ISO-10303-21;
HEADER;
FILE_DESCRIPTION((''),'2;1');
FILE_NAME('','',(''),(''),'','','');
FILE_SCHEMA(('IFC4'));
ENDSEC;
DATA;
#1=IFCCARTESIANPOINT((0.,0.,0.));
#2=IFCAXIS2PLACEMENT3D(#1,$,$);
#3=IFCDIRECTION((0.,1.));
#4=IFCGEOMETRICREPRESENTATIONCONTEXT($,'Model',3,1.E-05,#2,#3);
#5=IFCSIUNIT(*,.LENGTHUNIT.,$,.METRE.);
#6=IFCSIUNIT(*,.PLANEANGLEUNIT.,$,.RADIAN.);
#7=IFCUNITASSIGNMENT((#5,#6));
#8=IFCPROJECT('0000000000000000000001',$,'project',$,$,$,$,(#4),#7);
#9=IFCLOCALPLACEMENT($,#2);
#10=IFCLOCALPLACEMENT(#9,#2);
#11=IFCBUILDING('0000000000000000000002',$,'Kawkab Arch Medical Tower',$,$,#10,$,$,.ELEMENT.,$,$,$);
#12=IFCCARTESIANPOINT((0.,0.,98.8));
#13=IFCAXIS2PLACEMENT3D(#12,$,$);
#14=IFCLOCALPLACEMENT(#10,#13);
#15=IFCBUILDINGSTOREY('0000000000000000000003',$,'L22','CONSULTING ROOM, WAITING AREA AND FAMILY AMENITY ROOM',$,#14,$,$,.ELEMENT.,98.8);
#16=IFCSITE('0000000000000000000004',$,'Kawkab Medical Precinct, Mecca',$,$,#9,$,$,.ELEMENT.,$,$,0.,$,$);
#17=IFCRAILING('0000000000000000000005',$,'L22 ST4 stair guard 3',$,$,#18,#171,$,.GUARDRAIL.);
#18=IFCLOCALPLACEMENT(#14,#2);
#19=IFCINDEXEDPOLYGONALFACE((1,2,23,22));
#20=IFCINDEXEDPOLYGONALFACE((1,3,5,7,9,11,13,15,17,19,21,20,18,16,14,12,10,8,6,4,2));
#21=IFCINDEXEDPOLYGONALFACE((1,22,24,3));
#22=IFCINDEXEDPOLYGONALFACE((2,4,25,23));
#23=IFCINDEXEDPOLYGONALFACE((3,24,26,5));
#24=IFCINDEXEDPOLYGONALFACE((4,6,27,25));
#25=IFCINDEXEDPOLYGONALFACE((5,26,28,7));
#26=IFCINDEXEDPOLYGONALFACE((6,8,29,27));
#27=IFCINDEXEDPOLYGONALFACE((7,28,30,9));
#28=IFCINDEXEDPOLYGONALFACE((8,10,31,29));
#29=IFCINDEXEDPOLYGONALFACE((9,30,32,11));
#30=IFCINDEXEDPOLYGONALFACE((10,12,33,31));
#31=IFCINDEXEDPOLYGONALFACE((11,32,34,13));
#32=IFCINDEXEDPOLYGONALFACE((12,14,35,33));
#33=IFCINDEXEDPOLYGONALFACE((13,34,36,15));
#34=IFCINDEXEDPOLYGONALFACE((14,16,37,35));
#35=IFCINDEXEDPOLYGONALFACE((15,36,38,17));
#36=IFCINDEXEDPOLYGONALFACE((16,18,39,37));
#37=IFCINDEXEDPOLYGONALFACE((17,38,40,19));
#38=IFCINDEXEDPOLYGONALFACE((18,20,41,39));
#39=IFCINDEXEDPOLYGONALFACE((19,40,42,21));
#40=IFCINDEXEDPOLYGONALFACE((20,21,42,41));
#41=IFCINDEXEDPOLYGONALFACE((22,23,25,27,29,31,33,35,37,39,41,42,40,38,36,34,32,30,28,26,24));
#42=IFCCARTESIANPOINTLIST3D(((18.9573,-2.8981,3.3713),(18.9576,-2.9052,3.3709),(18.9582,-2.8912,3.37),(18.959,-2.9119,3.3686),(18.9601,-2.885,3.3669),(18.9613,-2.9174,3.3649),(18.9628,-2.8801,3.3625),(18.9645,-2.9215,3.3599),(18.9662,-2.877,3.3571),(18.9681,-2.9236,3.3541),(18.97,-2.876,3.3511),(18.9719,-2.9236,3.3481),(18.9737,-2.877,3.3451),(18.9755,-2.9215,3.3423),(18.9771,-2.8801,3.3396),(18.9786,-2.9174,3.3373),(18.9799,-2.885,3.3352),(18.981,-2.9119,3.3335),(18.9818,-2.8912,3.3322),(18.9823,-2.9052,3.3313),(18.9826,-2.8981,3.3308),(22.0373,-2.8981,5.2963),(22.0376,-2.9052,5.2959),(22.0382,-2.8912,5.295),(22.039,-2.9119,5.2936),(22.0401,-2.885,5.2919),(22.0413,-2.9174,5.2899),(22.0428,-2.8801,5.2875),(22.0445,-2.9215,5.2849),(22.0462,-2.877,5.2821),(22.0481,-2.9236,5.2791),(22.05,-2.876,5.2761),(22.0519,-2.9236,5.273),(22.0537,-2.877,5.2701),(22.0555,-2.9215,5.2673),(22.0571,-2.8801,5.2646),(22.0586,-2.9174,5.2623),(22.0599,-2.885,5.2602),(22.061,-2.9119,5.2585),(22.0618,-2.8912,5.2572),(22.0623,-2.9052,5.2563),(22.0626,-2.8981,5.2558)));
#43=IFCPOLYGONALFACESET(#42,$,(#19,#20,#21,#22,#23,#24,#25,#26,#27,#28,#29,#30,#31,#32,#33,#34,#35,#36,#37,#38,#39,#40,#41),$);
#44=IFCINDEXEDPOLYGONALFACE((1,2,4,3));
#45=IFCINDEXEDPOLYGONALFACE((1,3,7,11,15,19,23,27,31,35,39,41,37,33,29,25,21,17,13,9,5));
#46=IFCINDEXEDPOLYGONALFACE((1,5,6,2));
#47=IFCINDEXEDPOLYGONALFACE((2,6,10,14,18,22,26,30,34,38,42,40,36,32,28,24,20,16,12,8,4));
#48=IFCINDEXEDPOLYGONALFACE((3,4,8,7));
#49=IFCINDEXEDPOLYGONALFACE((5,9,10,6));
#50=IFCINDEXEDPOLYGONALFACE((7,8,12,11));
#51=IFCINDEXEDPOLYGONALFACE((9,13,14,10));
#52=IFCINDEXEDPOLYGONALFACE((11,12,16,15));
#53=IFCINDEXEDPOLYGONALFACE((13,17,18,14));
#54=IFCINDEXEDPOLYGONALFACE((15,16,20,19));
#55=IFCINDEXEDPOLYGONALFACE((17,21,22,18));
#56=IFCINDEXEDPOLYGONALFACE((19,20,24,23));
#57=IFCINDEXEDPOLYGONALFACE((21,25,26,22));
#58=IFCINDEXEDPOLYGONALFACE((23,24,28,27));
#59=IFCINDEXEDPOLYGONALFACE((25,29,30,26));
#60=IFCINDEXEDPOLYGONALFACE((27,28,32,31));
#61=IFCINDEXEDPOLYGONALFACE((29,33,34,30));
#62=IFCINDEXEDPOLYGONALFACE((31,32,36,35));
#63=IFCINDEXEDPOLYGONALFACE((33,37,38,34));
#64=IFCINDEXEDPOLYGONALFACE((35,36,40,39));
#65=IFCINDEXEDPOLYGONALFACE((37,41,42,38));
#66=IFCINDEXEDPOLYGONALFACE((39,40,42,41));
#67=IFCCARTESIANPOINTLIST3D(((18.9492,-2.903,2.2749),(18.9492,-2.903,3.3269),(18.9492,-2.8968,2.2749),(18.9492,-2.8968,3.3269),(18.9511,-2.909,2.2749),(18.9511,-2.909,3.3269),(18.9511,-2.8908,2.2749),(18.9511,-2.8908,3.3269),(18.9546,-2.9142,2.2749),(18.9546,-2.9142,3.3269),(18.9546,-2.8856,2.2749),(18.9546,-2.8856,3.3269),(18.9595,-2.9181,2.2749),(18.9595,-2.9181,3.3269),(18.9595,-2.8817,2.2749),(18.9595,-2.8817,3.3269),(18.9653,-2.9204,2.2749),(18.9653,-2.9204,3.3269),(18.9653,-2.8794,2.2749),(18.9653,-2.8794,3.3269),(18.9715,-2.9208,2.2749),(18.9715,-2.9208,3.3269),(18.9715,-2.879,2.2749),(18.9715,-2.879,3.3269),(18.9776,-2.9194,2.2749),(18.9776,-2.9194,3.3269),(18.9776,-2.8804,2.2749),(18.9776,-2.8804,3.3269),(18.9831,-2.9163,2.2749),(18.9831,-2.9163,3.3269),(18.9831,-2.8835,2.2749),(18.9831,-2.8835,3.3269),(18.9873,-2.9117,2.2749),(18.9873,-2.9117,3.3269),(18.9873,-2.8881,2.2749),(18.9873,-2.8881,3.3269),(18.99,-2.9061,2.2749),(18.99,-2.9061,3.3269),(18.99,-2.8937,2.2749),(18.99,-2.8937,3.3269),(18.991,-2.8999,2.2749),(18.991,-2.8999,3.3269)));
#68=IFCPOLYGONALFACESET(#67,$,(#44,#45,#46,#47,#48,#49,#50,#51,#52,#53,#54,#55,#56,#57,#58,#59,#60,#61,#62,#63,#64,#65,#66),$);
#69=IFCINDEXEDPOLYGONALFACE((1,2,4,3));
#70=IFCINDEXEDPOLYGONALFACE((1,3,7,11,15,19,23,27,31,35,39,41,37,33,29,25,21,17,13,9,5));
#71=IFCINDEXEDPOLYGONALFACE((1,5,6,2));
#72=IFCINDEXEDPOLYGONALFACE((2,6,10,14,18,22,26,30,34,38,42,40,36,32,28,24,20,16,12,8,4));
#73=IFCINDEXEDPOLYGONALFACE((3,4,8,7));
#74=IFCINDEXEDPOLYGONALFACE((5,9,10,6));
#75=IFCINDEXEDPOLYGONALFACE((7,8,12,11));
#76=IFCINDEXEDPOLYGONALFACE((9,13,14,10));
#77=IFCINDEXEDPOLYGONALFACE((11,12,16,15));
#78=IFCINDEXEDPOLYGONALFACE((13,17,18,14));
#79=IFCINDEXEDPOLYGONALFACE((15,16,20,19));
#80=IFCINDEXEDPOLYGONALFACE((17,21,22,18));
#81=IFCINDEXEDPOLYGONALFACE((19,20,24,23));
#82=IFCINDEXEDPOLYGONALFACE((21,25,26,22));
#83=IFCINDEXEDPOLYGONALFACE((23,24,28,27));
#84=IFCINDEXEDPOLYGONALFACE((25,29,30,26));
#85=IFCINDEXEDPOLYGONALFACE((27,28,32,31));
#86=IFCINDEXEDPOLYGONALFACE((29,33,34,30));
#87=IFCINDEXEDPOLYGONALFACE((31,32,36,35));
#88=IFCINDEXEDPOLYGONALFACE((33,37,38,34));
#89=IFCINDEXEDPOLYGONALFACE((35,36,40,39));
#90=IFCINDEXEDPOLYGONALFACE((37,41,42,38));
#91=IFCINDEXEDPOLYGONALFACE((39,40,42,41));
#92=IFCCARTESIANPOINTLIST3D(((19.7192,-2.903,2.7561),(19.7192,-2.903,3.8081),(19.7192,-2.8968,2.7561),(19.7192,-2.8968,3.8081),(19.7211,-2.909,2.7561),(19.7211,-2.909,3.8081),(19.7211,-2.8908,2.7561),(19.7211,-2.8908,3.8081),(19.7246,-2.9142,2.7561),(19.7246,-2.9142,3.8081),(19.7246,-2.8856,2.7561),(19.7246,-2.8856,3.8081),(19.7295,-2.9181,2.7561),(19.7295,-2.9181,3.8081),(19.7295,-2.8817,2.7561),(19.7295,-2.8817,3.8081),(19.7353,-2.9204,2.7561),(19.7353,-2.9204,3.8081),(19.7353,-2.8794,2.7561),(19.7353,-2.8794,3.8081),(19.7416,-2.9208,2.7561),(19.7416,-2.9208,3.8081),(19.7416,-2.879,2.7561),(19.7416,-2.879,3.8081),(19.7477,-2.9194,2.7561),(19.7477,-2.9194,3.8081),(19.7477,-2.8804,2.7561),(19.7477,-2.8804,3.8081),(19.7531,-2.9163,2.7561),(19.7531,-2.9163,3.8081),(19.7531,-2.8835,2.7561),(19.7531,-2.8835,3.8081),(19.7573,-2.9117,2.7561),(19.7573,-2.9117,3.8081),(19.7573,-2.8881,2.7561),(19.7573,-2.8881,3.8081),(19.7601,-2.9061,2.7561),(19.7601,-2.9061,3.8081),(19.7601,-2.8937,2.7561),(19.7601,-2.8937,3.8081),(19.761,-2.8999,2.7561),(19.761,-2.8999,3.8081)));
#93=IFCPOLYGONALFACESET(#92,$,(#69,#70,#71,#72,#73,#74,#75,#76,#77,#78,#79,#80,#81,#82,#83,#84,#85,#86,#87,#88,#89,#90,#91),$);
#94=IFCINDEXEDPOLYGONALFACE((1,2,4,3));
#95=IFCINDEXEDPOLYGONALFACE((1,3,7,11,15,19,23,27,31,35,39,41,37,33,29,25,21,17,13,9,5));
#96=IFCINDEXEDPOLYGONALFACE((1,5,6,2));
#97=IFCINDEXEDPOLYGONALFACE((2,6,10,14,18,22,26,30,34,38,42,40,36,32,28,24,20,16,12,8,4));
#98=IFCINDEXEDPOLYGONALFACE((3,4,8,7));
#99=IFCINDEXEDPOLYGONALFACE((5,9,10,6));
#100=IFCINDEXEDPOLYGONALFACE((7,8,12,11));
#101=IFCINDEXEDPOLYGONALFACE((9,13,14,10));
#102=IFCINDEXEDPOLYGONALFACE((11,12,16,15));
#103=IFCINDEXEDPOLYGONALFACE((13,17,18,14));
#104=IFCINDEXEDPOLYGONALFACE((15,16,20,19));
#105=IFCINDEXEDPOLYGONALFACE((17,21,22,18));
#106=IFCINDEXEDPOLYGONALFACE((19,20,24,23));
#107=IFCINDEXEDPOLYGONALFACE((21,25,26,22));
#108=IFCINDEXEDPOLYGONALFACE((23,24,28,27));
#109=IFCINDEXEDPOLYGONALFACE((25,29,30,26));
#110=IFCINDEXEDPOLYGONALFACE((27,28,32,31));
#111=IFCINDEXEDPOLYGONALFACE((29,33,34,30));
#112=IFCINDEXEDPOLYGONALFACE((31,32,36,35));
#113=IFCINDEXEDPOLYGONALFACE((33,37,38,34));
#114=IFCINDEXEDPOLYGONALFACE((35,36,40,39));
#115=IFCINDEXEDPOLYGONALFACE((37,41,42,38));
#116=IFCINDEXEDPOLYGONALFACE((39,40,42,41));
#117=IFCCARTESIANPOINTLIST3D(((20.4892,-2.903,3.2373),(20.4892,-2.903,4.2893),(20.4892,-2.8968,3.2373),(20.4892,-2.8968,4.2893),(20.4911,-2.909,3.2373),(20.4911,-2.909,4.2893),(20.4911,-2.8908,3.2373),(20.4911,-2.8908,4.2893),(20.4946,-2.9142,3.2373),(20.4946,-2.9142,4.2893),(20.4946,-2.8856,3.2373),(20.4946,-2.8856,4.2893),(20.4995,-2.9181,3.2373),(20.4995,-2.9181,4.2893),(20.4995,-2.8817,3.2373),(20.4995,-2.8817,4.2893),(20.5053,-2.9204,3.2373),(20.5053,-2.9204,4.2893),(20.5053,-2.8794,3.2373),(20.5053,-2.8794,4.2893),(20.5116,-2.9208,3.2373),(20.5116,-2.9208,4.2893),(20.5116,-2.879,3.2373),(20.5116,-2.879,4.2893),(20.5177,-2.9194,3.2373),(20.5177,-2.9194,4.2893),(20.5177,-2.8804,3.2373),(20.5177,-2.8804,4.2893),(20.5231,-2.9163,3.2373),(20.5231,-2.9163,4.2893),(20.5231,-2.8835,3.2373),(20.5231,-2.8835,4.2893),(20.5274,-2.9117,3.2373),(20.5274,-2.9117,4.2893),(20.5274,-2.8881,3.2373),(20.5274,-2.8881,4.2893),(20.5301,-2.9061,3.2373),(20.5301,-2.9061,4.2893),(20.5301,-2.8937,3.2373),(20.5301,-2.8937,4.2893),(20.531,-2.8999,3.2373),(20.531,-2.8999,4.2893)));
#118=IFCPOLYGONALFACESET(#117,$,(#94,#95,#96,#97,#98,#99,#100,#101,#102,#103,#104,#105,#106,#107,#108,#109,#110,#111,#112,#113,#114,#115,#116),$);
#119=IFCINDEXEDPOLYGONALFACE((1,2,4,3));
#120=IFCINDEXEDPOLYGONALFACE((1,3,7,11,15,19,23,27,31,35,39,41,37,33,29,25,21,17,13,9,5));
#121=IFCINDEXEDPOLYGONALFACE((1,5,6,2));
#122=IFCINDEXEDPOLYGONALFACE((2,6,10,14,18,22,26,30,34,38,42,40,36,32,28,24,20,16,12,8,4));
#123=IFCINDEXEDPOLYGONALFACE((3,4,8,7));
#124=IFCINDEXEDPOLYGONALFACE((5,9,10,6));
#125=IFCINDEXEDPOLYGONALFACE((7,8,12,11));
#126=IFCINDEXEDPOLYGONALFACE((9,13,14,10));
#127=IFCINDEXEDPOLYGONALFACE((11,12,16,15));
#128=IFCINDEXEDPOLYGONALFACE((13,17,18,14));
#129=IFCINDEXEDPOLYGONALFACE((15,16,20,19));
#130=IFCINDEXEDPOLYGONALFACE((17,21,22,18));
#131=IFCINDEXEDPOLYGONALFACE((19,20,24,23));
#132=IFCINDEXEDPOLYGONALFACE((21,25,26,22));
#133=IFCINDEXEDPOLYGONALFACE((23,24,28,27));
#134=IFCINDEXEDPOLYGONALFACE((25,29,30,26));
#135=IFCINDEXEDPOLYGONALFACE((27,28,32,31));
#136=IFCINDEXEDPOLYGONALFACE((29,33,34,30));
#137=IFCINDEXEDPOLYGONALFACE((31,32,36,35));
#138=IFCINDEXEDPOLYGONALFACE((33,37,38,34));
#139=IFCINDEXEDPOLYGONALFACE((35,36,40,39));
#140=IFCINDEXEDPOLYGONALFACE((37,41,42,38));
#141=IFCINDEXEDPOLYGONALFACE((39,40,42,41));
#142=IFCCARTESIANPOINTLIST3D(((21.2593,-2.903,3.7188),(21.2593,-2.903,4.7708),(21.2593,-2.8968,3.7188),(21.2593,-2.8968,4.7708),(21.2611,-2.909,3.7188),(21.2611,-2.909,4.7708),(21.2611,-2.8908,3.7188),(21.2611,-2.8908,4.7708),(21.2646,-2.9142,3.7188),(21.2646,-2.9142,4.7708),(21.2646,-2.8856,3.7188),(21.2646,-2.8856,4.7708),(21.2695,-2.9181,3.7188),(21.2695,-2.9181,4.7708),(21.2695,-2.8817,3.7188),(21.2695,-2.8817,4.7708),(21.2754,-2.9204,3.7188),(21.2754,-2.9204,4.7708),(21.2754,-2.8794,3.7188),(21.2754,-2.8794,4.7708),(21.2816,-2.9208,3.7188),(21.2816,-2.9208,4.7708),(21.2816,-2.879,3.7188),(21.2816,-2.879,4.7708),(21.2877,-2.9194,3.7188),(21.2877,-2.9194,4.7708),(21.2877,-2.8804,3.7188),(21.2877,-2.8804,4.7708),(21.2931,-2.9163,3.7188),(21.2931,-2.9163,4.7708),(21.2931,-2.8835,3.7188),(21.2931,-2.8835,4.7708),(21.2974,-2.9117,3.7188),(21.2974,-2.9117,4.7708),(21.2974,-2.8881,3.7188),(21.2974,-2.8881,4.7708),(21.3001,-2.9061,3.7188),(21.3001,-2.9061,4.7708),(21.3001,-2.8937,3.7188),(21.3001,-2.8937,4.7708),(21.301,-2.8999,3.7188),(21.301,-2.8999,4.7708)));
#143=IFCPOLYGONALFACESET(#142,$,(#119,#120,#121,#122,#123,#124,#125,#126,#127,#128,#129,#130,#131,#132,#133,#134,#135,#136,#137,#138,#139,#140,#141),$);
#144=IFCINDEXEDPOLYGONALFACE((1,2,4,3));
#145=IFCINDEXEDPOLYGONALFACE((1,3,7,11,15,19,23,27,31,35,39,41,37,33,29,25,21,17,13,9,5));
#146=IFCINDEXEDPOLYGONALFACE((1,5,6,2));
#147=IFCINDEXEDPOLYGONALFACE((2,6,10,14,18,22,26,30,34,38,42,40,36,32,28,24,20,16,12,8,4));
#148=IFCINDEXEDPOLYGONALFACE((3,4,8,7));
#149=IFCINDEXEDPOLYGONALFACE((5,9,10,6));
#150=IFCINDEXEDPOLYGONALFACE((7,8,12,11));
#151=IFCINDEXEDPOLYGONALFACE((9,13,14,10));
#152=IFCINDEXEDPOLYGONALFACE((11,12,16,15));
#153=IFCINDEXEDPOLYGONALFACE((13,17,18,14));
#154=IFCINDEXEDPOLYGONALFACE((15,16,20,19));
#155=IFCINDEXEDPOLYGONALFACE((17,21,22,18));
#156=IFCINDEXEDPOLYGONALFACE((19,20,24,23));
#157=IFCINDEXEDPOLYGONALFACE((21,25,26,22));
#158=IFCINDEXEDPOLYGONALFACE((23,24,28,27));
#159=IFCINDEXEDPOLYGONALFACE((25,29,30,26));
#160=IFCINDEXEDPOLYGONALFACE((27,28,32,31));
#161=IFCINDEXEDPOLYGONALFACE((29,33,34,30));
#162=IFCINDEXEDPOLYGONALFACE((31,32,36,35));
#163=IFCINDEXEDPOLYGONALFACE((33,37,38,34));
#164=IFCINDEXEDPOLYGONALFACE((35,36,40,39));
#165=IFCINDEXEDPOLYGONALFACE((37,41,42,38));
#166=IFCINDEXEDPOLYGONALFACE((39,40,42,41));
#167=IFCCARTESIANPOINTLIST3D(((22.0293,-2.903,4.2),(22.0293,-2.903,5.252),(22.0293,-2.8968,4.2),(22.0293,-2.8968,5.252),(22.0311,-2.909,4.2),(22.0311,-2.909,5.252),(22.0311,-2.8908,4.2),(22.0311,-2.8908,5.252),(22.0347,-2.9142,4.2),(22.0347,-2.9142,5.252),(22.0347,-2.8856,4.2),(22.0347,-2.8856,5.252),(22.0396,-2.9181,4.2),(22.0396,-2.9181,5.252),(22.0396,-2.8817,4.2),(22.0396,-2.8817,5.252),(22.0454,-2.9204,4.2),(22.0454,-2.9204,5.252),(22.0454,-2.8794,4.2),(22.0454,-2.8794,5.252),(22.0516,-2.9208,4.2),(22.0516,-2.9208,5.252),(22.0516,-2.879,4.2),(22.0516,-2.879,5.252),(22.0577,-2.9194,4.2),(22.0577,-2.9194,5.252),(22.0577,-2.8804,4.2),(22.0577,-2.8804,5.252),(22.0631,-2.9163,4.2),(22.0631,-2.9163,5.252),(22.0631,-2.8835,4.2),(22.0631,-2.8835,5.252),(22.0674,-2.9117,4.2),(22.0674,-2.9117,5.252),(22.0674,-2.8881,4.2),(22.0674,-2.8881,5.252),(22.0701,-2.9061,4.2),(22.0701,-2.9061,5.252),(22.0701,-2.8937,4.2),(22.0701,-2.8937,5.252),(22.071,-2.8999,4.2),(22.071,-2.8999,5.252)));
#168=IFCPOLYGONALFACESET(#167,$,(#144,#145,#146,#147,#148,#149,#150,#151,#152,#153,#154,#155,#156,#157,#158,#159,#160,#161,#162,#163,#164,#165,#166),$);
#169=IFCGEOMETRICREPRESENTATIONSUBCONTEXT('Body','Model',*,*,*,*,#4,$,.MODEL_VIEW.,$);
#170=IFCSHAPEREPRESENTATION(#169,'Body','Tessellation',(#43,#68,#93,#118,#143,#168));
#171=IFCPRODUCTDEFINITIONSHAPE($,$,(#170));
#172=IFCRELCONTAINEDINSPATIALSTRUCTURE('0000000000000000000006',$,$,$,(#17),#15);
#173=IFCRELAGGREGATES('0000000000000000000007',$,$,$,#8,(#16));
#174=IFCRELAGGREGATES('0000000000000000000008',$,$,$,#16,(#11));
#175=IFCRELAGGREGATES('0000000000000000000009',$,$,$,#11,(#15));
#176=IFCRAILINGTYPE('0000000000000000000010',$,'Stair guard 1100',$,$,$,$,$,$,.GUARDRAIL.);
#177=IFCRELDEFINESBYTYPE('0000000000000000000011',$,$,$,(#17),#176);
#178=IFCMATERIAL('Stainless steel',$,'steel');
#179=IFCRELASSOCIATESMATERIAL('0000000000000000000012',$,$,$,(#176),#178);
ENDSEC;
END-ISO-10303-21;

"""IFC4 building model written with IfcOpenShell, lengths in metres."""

from ifc_helpers import new_model, si_unit, direction, frame, origin, origin_2d, place, context, subcontext, project, spatial, circle, extrude, material, type_object, element, save


model = new_model("IFC4")

# Units and contexts
model_context = context("Model", 3, precision=1e-05, world=origin(), true_north=direction((0.0, 1.0)))
body_context = subcontext(model_context, "Body", "Model", "MODEL_VIEW")
ifc_project = project(units=[si_unit("LENGTHUNIT", "METRE"), si_unit("PLANEANGLEUNIT", "RADIAN")], contexts=[model_context])

# Site, building, storey
site_placement = place(None, origin())
site = spatial("IfcSite", under=ifc_project, at=site_placement, Name="Kawkab Medical Precinct, Mecca", CompositionType="ELEMENT", RefElevation=0.0)
building_placement = place(site_placement, origin())
building = spatial("IfcBuilding", under=site, at=building_placement, Name="Kawkab Arch Medical Tower", CompositionType="ELEMENT")
storey_placement = place(building_placement, frame((0.0, 0.0, 98.8)))
storey = spatial("IfcBuildingStorey", under=building, at=storey_placement, Name="L22", Description="CONSULTING ROOM, WAITING AREA AND FAMILY AMENITY ROOM", CompositionType="ELEMENT", Elevation=98.8)

# Railing
ifc_material_1 = material(Name="Stainless steel", Category="steel")
railing_type = type_object("IfcRailingType", Name="Stair guard 1100", PredefinedType="GUARDRAIL", material=ifc_material_1)
railing_1_placement = place(storey_placement, frame((18.97, -2.8999, 2.2749)))
element("IfcRailing", 1, at=railing_1_placement, inside=storey, type_object=railing_type, Name="L22 ST4 stair guard 3", PredefinedType="GUARDRAIL", context=body_context, shape_type="SweptSolid", body=[
    extrude(circle(Radius=0.0239, at=origin_2d()), frame((0.0, 0.0, 1.0762), z_axis=(0.847998, 0.0, 0.529999), x_axis=(0.0, 1.0, 0.0)), (0.0, 0.0, 1.0), 3.6321),
    extrude(circle(Radius=0.021, at=origin_2d()), origin(), (0.0, 0.0, 1.0), 1.052),
    extrude(circle(Radius=0.021, at=origin_2d()), frame((0.77, 0.0, 0.4812)), (0.0, 0.0, 1.0), 1.052),
    extrude(circle(Radius=0.021, at=origin_2d()), frame((1.54, 0.0, 0.9624)), (0.0, 0.0, 1.0), 1.052),
    extrude(circle(Radius=0.021, at=origin_2d()), frame((2.3101, 0.0, 1.4438)), (0.0, 0.0, 1.0), 1.052),
    extrude(circle(Radius=0.021, at=origin_2d()), frame((3.0801, 0.0, 1.925)), (0.0, 0.0, 1.0), 1.052),
])

save(model, "model.ifc")
